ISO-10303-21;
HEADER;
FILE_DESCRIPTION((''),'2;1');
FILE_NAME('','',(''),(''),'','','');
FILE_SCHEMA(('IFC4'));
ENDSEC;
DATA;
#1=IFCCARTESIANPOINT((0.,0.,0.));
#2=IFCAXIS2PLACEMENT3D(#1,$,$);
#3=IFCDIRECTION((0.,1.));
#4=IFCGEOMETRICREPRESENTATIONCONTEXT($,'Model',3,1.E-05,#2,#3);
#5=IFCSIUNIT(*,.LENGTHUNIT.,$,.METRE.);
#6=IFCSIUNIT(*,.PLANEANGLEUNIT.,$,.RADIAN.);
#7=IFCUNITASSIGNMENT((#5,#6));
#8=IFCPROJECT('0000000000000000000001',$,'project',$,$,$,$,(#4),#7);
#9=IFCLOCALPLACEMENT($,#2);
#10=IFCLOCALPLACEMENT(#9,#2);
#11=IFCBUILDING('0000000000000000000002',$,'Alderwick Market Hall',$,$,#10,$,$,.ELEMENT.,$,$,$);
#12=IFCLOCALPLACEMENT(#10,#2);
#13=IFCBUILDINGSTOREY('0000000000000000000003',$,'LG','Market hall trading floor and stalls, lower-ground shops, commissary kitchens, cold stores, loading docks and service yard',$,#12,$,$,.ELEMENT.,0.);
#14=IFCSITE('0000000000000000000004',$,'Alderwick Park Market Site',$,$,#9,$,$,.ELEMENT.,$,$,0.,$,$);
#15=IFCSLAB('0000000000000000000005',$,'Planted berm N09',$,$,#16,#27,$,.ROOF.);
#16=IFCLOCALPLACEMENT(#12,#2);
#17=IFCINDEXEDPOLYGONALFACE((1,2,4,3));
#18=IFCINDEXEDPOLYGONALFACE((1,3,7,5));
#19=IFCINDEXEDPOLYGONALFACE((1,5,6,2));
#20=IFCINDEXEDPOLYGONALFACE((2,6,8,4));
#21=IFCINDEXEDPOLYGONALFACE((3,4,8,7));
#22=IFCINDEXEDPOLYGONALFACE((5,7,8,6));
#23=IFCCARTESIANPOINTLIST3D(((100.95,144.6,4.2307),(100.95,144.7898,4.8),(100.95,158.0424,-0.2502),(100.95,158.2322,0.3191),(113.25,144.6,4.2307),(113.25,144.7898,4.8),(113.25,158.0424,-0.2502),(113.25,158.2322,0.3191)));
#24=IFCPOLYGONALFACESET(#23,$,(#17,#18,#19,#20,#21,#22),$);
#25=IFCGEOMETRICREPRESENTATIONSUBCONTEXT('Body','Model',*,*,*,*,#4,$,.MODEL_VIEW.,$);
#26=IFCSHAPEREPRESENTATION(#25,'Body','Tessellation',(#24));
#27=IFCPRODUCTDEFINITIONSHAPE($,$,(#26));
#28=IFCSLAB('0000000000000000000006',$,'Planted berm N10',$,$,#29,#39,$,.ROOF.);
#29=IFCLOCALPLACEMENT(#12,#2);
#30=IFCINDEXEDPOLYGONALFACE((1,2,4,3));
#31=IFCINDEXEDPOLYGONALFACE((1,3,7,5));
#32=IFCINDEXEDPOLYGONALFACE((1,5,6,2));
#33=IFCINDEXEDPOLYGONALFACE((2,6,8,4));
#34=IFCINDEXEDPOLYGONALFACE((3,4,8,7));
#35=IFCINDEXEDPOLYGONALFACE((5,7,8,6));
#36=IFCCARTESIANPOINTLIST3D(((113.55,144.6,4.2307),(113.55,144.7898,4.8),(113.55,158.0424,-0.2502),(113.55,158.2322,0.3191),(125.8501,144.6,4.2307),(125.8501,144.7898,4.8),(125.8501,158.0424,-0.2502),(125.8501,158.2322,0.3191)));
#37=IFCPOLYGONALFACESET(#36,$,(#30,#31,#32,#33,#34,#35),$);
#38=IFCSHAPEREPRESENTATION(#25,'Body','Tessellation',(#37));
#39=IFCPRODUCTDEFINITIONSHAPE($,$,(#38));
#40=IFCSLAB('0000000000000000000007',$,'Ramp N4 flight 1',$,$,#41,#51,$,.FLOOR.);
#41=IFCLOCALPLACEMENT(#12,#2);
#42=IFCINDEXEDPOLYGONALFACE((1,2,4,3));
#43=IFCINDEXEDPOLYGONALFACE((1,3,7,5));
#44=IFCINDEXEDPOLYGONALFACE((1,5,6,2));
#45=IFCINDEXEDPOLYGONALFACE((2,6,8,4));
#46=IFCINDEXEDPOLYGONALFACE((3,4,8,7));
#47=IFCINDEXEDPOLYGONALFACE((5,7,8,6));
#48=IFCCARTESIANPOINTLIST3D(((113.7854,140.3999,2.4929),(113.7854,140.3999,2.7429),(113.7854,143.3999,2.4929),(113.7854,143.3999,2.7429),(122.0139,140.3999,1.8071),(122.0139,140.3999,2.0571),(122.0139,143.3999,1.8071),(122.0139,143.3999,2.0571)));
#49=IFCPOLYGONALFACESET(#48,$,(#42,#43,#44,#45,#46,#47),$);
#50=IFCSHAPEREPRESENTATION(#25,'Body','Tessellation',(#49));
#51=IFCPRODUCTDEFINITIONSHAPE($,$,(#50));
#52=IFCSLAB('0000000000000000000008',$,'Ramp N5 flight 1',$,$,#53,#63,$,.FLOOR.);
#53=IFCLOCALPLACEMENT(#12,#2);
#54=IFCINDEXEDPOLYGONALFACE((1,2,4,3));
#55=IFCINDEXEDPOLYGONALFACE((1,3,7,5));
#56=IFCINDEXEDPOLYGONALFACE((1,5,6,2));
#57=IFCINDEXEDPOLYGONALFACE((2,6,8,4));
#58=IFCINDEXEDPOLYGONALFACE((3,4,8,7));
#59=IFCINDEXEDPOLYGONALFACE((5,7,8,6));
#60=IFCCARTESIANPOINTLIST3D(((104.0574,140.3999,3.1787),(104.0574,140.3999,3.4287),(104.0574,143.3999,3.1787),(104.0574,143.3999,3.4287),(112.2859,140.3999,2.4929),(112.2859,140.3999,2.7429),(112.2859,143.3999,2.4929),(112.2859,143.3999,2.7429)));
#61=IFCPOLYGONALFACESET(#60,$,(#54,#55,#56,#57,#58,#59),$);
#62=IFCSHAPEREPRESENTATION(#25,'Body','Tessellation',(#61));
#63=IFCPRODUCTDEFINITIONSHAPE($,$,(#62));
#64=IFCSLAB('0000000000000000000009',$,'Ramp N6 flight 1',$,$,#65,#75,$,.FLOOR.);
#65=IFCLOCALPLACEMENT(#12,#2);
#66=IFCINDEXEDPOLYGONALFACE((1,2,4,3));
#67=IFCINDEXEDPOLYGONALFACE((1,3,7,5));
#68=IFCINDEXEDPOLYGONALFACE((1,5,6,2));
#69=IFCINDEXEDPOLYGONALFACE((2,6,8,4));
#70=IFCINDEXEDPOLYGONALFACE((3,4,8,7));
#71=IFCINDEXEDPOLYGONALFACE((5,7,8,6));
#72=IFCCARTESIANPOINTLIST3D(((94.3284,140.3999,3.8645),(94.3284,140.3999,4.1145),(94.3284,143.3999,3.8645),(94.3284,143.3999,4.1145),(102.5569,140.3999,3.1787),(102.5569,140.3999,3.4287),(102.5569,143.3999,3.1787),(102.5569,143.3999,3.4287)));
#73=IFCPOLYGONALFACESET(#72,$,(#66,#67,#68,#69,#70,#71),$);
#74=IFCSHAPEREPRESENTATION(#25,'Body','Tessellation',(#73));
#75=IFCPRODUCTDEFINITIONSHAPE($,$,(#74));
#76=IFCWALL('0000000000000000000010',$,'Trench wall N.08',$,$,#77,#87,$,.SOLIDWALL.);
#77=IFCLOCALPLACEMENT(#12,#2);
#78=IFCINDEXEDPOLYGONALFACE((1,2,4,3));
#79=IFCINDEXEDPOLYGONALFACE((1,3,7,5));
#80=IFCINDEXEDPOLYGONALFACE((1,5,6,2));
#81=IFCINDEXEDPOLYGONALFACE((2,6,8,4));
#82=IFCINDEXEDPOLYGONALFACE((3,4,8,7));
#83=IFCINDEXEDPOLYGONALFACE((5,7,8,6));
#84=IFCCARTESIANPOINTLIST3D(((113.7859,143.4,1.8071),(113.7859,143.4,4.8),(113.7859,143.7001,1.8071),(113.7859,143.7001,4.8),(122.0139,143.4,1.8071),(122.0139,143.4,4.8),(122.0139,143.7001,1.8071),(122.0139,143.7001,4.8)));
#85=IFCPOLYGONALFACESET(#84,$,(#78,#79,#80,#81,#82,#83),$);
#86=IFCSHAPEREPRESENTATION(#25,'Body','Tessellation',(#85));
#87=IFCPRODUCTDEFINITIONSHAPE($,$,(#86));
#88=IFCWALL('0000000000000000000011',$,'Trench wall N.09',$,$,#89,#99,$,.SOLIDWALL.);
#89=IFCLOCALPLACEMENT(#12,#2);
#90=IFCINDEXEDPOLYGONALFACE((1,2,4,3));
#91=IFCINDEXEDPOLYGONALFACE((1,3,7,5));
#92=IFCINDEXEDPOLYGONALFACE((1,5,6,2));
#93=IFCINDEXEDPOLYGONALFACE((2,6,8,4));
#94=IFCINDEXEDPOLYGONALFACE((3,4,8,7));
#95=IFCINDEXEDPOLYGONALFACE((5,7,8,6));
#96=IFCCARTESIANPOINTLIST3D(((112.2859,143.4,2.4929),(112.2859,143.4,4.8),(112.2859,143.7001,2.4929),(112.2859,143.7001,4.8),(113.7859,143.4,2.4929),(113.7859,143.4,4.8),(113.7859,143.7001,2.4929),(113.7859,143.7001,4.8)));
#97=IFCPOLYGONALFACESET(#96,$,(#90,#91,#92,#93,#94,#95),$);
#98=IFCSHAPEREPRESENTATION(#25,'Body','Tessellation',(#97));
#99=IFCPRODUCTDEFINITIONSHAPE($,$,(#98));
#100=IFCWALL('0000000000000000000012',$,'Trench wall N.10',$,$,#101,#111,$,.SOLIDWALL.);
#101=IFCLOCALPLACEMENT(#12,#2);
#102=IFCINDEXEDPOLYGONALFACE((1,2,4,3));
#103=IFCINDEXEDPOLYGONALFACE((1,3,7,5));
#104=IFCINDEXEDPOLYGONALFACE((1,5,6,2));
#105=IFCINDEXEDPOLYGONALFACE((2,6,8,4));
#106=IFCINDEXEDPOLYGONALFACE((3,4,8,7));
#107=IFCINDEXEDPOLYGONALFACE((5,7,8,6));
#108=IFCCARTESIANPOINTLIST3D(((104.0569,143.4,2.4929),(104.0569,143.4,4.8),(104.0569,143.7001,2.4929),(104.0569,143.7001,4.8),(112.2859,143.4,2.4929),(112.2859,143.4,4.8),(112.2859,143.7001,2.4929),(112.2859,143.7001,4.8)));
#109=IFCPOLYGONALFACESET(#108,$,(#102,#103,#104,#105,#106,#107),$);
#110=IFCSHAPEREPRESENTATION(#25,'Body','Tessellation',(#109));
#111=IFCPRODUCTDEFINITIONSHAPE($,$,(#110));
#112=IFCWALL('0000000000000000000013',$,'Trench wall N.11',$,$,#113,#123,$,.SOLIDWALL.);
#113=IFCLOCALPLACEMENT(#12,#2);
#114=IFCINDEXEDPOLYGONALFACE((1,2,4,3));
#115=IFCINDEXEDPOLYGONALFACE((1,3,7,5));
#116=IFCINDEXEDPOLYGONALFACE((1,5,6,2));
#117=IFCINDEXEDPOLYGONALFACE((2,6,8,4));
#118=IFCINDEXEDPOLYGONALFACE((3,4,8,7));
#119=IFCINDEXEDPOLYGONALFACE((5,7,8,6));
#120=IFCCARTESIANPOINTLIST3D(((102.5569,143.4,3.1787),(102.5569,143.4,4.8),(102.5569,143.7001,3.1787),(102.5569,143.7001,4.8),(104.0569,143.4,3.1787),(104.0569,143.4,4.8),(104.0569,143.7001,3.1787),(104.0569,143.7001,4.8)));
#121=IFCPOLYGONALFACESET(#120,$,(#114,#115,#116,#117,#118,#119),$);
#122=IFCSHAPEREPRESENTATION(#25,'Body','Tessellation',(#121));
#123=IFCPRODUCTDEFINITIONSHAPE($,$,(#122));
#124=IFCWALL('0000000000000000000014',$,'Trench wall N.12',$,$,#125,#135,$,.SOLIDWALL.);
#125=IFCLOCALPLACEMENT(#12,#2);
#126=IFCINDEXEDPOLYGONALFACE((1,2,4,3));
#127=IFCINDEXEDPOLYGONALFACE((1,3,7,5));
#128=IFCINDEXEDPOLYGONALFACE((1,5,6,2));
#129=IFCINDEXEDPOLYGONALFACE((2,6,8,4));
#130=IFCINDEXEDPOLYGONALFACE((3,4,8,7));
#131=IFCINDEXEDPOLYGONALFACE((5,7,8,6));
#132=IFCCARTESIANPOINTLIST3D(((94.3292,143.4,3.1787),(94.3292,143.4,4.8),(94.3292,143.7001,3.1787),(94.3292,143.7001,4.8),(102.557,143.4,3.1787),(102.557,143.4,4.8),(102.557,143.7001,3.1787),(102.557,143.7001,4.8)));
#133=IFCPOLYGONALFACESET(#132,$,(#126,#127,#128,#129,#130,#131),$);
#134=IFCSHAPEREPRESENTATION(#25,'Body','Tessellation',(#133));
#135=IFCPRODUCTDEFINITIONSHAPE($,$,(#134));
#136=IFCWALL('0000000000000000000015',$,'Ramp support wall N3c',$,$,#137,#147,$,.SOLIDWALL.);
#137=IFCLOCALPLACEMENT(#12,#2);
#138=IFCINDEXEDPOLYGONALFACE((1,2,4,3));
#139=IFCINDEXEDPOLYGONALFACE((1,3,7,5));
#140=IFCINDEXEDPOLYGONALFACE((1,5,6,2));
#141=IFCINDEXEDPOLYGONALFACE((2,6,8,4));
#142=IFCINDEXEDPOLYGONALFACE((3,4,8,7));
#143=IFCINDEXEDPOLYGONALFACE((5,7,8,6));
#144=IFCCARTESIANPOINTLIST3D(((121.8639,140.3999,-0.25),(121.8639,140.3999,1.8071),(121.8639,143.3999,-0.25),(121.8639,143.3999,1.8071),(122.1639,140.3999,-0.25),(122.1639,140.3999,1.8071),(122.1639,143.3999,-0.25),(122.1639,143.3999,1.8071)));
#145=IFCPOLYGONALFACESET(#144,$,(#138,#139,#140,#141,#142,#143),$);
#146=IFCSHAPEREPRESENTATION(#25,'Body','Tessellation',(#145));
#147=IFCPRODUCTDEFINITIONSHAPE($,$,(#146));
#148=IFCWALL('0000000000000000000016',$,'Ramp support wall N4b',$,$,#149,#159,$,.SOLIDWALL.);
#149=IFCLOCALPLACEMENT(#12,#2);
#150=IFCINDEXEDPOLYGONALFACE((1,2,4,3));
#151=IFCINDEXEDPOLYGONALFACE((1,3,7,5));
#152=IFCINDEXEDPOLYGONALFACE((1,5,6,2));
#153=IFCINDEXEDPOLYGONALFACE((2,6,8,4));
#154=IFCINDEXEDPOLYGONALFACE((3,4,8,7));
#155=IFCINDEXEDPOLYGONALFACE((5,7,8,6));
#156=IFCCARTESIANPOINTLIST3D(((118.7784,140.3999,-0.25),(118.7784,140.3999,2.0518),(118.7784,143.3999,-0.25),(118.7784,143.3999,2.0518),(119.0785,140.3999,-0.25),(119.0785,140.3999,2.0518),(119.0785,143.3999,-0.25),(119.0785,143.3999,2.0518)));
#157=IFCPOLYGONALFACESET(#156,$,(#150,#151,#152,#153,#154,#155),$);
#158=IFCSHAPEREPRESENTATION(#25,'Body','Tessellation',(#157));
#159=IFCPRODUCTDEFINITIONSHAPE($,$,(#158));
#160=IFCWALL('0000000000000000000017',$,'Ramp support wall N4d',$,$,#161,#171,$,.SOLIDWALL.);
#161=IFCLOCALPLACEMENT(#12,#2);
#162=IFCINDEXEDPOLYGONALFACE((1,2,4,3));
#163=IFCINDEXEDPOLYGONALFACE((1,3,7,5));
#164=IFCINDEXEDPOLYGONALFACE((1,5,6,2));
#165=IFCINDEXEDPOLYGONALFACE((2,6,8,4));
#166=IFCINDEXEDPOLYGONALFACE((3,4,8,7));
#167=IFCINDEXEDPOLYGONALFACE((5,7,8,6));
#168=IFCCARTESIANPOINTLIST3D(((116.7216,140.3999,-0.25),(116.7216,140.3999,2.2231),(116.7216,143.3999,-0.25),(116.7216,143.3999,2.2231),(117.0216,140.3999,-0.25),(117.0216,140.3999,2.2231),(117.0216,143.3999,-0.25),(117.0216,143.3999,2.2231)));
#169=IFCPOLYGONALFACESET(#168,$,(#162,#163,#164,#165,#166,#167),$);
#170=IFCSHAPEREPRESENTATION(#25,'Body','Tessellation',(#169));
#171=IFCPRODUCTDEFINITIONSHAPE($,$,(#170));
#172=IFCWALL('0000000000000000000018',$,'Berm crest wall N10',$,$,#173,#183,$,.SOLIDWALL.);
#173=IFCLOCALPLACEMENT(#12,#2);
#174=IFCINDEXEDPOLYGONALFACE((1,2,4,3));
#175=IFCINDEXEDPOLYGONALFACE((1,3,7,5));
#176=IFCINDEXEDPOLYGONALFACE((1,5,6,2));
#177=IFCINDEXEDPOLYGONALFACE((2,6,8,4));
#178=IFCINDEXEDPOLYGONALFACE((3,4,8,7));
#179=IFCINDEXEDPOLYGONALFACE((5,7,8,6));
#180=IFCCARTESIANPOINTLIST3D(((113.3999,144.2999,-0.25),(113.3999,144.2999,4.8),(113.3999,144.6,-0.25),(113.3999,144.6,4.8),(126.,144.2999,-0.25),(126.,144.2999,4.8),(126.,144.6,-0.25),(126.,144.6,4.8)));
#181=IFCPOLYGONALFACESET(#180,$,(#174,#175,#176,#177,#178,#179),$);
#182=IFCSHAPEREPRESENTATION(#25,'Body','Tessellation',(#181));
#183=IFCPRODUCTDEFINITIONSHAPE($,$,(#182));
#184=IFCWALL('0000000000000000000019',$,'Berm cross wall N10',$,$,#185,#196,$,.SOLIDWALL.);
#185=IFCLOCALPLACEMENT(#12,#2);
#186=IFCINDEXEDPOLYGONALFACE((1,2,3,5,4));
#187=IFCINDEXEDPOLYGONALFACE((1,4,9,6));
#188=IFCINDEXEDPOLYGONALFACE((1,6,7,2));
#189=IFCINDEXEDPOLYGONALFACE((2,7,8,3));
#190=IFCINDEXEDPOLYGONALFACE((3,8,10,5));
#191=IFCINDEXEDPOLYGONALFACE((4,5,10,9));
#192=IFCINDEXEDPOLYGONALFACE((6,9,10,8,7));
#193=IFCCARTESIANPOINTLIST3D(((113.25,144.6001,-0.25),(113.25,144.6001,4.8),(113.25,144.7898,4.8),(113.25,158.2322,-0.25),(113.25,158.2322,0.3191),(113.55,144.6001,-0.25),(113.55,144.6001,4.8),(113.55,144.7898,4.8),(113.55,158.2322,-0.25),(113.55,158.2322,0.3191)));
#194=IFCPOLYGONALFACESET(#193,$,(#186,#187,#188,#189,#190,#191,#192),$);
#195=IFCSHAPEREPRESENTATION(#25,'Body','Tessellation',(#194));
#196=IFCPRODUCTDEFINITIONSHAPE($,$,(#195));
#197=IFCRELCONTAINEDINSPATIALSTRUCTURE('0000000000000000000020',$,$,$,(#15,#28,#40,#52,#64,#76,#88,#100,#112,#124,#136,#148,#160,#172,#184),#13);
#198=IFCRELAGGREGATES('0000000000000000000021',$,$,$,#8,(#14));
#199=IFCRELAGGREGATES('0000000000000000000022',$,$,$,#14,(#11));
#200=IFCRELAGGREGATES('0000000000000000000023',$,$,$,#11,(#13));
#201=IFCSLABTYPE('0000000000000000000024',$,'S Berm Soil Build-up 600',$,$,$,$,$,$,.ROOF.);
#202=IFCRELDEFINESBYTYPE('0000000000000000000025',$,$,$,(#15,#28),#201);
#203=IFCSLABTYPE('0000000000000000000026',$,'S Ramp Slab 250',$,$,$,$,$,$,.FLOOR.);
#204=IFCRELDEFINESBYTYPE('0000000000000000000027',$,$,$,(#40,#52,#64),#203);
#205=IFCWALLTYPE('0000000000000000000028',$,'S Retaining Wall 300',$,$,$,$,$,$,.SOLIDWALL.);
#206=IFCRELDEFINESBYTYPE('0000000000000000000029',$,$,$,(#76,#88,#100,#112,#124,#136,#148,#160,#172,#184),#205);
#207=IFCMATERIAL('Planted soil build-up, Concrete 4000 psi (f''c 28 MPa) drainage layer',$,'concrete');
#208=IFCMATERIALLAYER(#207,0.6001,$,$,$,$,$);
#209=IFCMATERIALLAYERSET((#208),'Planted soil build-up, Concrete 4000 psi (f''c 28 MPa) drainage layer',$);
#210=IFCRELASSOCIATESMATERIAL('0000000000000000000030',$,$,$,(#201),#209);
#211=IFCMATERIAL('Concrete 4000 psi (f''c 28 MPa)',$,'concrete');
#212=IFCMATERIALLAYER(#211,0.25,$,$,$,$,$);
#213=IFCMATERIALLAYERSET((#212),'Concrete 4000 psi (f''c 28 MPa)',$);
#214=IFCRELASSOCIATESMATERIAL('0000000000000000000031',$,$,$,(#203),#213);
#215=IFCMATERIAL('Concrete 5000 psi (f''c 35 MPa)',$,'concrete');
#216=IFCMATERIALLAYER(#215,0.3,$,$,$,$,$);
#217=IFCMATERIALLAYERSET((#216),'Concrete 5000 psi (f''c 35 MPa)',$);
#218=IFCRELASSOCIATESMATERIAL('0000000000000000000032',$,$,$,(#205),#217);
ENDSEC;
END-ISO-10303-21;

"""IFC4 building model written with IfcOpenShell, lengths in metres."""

from ifc_helpers import new_model, si_unit, direction, frame, frame_2d, origin, place, context, subcontext, project, spatial, polyline, rectangle, outline, extrude, material, layer, layer_set, type_object, element, save


model = new_model("IFC4")

# Units and contexts
model_context = context("Model", 3, precision=1e-05, world=origin(), true_north=direction((0.0, 1.0)))
body_context = subcontext(model_context, "Body", "Model", "MODEL_VIEW")
ifc_project = project(units=[si_unit("LENGTHUNIT", "METRE"), si_unit("PLANEANGLEUNIT", "RADIAN")], contexts=[model_context])

# Site, building, storey
site_placement = place(None, origin())
site = spatial("IfcSite", under=ifc_project, at=site_placement, Name="Alderwick Park Market Site", CompositionType="ELEMENT", RefElevation=0.0)
building_placement = place(site_placement, origin())
building = spatial("IfcBuilding", under=site, at=building_placement, Name="Alderwick Market Hall", CompositionType="ELEMENT")
storey_placement = place(building_placement, origin())
storey = spatial("IfcBuildingStorey", under=building, at=storey_placement, Name="LG", Description="Market hall trading floor and stalls, lower-ground shops, commissary kitchens, cold stores, loading docks and service yard", CompositionType="ELEMENT", Elevation=0.0)

# Slabs
ifc_material_1 = material(Name="Planted soil build-up, Concrete 4000 psi (f'c 28 MPa) drainage layer", Category="concrete")
ifc_layer_1 = layer(ifc_material_1, 0.6001)
ifc_layer_set_1 = layer_set([ifc_layer_1], Name="Planted soil build-up, Concrete 4000 psi (f'c 28 MPa) drainage layer")
slab_type_1 = type_object("IfcSlabType", Name="S Berm Soil Build-up 600", PredefinedType="ROOF", material=ifc_layer_set_1)
for number, where, z_axis, x_axis, name in (
    (1, (100.95, 158.2322, 0.3191), (0.0, 0.316238, 0.94868), (1.0, 0.0, 0.0), "Planted berm N09"),
    (2, (113.55, 158.2322, 0.3191), (0.0, 0.316238, 0.94868), (1.0, 0.0, 0.0), "Planted berm N10"),
):
    element("IfcSlab", number, at=place(storey_placement, frame(where, z_axis=z_axis, x_axis=x_axis)), inside=storey, type_object=slab_type_1, Name=name, PredefinedType="ROOF", context=body_context, shape_type="SweptSolid", body=[
        extrude(outline(polyline([(0.0, 0.0), (12.3, 0.0), (12.3, -14.1696), (0.0, -14.1696), (0.0, 0.0)])), origin(), (0.0, 0.0, -1.0), 0.6001),
    ])
ifc_material_2 = material(Name="Concrete 4000 psi (f'c 28 MPa)", Category="concrete")
ifc_layer_2 = layer(ifc_material_2, 0.25)
ifc_layer_set_2 = layer_set([ifc_layer_2], Name="Concrete 4000 psi (f'c 28 MPa)")
slab_type_2 = type_object("IfcSlabType", Name="S Ramp Slab 250", PredefinedType="FLOOR", material=ifc_layer_set_2)
for number, where, z_axis, x_axis, name in (
    (3, (122.0139, 141.8999, 2.0571), (0.0, 0.0, 1.0), (-1.0, 0.0, 0.0), "Ramp N4 flight 1"),
    (4, (112.2859, 141.8999, 2.7429), (0.0, 0.0, 1.0), (-1.0, 0.0, 0.0), "Ramp N5 flight 1"),
    (5, (102.5569, 141.8999, 3.4287), (0.0, 0.0, 1.0), (-1.0, 0.0, 0.0), "Ramp N6 flight 1"),
):
    element("IfcSlab", number, at=place(storey_placement, frame(where, z_axis=z_axis, x_axis=x_axis)), inside=storey, type_object=slab_type_2, Name=name, PredefinedType="FLOOR", context=body_context, shape_type="SweptSolid", body=[
        extrude(outline(polyline([(0.0, 0.0), (8.2285, 0.6858), (8.2285, 0.4358), (0.0, -0.25), (0.0, 0.0)])), frame((0.0, 1.5, 0.0), z_axis=(0.0, -1.0, 0.0), x_axis=(1.0, 0.0, 0.0)), (0.0, 0.0, 1.0), 3.0),
    ])

# Walls
ifc_material_3 = material(Name="Concrete 5000 psi (f'c 35 MPa)", Category="concrete")
ifc_layer_3 = layer(ifc_material_3, 0.3)
ifc_layer_set_3 = layer_set([ifc_layer_3], Name="Concrete 5000 psi (f'c 35 MPa)")
wall_type = type_object("IfcWallType", Name="S Retaining Wall 300", PredefinedType="SOLIDWALL", material=ifc_layer_set_3)
wall_1_placement = place(storey_placement, frame((122.0139, 143.55, 1.8071), z_axis=(0.0, 0.0, 1.0), x_axis=(-1.0, 0.0, 0.0)))
element("IfcWall", 6, at=wall_1_placement, inside=storey, type_object=wall_type, Name="Trench wall N.08", PredefinedType="SOLIDWALL", context=body_context, shape_type="SweptSolid", body=[
    extrude(rectangle(XDim=8.228, YDim=0.3, at=frame_2d((4.114, 0.0))), origin(), (0.0, 0.0, 1.0), 2.9929),
])
wall_2_placement = place(storey_placement, frame((113.7859, 143.55, 2.4929), z_axis=(0.0, 0.0, 1.0), x_axis=(-1.0, 0.0, 0.0)))
element("IfcWall", 7, at=wall_2_placement, inside=storey, type_object=wall_type, Name="Trench wall N.09", PredefinedType="SOLIDWALL", context=body_context, shape_type="SweptSolid", body=[
    extrude(rectangle(XDim=1.5, YDim=0.3, at=frame_2d((0.75, 0.0))), origin(), (0.0, 0.0, 1.0), 2.3071),
])
wall_3_placement = place(storey_placement, frame((112.2859, 143.55, 2.4929), z_axis=(0.0, 0.0, 1.0), x_axis=(-1.0, 0.0, 0.0)))
element("IfcWall", 8, at=wall_3_placement, inside=storey, type_object=wall_type, Name="Trench wall N.10", PredefinedType="SOLIDWALL", context=body_context, shape_type="SweptSolid", body=[
    extrude(rectangle(XDim=8.229, YDim=0.3, at=frame_2d((4.1145, 0.0))), origin(), (0.0, 0.0, 1.0), 2.3071),
])
wall_4_placement = place(storey_placement, frame((104.0569, 143.55, 3.1787), z_axis=(0.0, 0.0, 1.0), x_axis=(-1.0, 0.0, 0.0)))
element("IfcWall", 9, at=wall_4_placement, inside=storey, type_object=wall_type, Name="Trench wall N.11", PredefinedType="SOLIDWALL", context=body_context, shape_type="SweptSolid", body=[
    extrude(rectangle(XDim=1.5, YDim=0.3, at=frame_2d((0.75, 0.0))), origin(), (0.0, 0.0, 1.0), 1.6213),
])
wall_5_placement = place(storey_placement, frame((102.5569, 143.55, 3.1787), z_axis=(0.0, 0.0, 1.0), x_axis=(-1.0, 0.0, 0.0)))
element("IfcWall", 10, at=wall_5_placement, inside=storey, type_object=wall_type, Name="Trench wall N.12", PredefinedType="SOLIDWALL", context=body_context, shape_type="SweptSolid", body=[
    extrude(rectangle(XDim=8.2278, YDim=0.3, at=frame_2d((4.1138, 0.0))), origin(), (0.0, 0.0, 1.0), 1.6213),
])
wall_6_placement = place(storey_placement, frame((122.0139, 140.3999, -0.25), z_axis=(0.0, 0.0, 1.0), x_axis=(0.0, 1.0, 0.0)))
element("IfcWall", 11, at=wall_6_placement, inside=storey, type_object=wall_type, Name="Ramp support wall N3c", PredefinedType="SOLIDWALL", context=body_context, shape_type="SweptSolid", body=[
    extrude(rectangle(XDim=3.0, YDim=0.3, at=frame_2d((1.5, 0.0))), origin(), (0.0, 0.0, 1.0), 2.0571),
])
wall_7_placement = place(storey_placement, frame((118.9285, 140.3999, -0.25), z_axis=(0.0, 0.0, 1.0), x_axis=(0.0, 1.0, 0.0)))
element("IfcWall", 12, at=wall_7_placement, inside=storey, type_object=wall_type, Name="Ramp support wall N4b", PredefinedType="SOLIDWALL", context=body_context, shape_type="SweptSolid", body=[
    extrude(rectangle(XDim=3.0, YDim=0.3, at=frame_2d((1.5, 0.0))), origin(), (0.0, 0.0, 1.0), 2.3018),
])
wall_8_placement = place(storey_placement, frame((116.8716, 140.3999, -0.25), z_axis=(0.0, 0.0, 1.0), x_axis=(0.0, 1.0, 0.0)))
element("IfcWall", 13, at=wall_8_placement, inside=storey, type_object=wall_type, Name="Ramp support wall N4d", PredefinedType="SOLIDWALL", context=body_context, shape_type="SweptSolid", body=[
    extrude(rectangle(XDim=3.0, YDim=0.3, at=frame_2d((1.5, 0.0))), origin(), (0.0, 0.0, 1.0), 2.4731),
])
wall_9_placement = place(storey_placement, frame((113.3999, 144.45, -0.25), z_axis=(0.0, 0.0, 1.0), x_axis=(1.0, 0.0, 0.0)))
element("IfcWall", 14, at=wall_9_placement, inside=storey, type_object=wall_type, Name="Berm crest wall N10", PredefinedType="SOLIDWALL", context=body_context, shape_type="SweptSolid", body=[
    extrude(rectangle(XDim=12.6001, YDim=0.3, at=frame_2d((6.3, 0.0))), origin(), (0.0, 0.0, 1.0), 5.05),
])
wall_10_placement = place(storey_placement, frame((113.3999, 144.6001, -0.25), z_axis=(0.0, 0.0, 1.0), x_axis=(0.0, 1.0, 0.0)))
element("IfcWall", 15, at=wall_10_placement, inside=storey, type_object=wall_type, Name="Berm cross wall N10", PredefinedType="SOLIDWALL", context=body_context, shape_type="SweptSolid", body=[
    extrude(outline(polyline([(0.0, 0.0), (13.6321, 0.0), (13.6321, 0.5691), (0.1897, 5.05), (0.0, 5.05), (0.0, 0.0)])), frame((0.0, 0.1499, 0.0), z_axis=(0.0, -1.0, 0.0), x_axis=(1.0, 0.0, 0.0)), (0.0, 0.0, 1.0), 0.3),
])

save(model, "model.ifc")
